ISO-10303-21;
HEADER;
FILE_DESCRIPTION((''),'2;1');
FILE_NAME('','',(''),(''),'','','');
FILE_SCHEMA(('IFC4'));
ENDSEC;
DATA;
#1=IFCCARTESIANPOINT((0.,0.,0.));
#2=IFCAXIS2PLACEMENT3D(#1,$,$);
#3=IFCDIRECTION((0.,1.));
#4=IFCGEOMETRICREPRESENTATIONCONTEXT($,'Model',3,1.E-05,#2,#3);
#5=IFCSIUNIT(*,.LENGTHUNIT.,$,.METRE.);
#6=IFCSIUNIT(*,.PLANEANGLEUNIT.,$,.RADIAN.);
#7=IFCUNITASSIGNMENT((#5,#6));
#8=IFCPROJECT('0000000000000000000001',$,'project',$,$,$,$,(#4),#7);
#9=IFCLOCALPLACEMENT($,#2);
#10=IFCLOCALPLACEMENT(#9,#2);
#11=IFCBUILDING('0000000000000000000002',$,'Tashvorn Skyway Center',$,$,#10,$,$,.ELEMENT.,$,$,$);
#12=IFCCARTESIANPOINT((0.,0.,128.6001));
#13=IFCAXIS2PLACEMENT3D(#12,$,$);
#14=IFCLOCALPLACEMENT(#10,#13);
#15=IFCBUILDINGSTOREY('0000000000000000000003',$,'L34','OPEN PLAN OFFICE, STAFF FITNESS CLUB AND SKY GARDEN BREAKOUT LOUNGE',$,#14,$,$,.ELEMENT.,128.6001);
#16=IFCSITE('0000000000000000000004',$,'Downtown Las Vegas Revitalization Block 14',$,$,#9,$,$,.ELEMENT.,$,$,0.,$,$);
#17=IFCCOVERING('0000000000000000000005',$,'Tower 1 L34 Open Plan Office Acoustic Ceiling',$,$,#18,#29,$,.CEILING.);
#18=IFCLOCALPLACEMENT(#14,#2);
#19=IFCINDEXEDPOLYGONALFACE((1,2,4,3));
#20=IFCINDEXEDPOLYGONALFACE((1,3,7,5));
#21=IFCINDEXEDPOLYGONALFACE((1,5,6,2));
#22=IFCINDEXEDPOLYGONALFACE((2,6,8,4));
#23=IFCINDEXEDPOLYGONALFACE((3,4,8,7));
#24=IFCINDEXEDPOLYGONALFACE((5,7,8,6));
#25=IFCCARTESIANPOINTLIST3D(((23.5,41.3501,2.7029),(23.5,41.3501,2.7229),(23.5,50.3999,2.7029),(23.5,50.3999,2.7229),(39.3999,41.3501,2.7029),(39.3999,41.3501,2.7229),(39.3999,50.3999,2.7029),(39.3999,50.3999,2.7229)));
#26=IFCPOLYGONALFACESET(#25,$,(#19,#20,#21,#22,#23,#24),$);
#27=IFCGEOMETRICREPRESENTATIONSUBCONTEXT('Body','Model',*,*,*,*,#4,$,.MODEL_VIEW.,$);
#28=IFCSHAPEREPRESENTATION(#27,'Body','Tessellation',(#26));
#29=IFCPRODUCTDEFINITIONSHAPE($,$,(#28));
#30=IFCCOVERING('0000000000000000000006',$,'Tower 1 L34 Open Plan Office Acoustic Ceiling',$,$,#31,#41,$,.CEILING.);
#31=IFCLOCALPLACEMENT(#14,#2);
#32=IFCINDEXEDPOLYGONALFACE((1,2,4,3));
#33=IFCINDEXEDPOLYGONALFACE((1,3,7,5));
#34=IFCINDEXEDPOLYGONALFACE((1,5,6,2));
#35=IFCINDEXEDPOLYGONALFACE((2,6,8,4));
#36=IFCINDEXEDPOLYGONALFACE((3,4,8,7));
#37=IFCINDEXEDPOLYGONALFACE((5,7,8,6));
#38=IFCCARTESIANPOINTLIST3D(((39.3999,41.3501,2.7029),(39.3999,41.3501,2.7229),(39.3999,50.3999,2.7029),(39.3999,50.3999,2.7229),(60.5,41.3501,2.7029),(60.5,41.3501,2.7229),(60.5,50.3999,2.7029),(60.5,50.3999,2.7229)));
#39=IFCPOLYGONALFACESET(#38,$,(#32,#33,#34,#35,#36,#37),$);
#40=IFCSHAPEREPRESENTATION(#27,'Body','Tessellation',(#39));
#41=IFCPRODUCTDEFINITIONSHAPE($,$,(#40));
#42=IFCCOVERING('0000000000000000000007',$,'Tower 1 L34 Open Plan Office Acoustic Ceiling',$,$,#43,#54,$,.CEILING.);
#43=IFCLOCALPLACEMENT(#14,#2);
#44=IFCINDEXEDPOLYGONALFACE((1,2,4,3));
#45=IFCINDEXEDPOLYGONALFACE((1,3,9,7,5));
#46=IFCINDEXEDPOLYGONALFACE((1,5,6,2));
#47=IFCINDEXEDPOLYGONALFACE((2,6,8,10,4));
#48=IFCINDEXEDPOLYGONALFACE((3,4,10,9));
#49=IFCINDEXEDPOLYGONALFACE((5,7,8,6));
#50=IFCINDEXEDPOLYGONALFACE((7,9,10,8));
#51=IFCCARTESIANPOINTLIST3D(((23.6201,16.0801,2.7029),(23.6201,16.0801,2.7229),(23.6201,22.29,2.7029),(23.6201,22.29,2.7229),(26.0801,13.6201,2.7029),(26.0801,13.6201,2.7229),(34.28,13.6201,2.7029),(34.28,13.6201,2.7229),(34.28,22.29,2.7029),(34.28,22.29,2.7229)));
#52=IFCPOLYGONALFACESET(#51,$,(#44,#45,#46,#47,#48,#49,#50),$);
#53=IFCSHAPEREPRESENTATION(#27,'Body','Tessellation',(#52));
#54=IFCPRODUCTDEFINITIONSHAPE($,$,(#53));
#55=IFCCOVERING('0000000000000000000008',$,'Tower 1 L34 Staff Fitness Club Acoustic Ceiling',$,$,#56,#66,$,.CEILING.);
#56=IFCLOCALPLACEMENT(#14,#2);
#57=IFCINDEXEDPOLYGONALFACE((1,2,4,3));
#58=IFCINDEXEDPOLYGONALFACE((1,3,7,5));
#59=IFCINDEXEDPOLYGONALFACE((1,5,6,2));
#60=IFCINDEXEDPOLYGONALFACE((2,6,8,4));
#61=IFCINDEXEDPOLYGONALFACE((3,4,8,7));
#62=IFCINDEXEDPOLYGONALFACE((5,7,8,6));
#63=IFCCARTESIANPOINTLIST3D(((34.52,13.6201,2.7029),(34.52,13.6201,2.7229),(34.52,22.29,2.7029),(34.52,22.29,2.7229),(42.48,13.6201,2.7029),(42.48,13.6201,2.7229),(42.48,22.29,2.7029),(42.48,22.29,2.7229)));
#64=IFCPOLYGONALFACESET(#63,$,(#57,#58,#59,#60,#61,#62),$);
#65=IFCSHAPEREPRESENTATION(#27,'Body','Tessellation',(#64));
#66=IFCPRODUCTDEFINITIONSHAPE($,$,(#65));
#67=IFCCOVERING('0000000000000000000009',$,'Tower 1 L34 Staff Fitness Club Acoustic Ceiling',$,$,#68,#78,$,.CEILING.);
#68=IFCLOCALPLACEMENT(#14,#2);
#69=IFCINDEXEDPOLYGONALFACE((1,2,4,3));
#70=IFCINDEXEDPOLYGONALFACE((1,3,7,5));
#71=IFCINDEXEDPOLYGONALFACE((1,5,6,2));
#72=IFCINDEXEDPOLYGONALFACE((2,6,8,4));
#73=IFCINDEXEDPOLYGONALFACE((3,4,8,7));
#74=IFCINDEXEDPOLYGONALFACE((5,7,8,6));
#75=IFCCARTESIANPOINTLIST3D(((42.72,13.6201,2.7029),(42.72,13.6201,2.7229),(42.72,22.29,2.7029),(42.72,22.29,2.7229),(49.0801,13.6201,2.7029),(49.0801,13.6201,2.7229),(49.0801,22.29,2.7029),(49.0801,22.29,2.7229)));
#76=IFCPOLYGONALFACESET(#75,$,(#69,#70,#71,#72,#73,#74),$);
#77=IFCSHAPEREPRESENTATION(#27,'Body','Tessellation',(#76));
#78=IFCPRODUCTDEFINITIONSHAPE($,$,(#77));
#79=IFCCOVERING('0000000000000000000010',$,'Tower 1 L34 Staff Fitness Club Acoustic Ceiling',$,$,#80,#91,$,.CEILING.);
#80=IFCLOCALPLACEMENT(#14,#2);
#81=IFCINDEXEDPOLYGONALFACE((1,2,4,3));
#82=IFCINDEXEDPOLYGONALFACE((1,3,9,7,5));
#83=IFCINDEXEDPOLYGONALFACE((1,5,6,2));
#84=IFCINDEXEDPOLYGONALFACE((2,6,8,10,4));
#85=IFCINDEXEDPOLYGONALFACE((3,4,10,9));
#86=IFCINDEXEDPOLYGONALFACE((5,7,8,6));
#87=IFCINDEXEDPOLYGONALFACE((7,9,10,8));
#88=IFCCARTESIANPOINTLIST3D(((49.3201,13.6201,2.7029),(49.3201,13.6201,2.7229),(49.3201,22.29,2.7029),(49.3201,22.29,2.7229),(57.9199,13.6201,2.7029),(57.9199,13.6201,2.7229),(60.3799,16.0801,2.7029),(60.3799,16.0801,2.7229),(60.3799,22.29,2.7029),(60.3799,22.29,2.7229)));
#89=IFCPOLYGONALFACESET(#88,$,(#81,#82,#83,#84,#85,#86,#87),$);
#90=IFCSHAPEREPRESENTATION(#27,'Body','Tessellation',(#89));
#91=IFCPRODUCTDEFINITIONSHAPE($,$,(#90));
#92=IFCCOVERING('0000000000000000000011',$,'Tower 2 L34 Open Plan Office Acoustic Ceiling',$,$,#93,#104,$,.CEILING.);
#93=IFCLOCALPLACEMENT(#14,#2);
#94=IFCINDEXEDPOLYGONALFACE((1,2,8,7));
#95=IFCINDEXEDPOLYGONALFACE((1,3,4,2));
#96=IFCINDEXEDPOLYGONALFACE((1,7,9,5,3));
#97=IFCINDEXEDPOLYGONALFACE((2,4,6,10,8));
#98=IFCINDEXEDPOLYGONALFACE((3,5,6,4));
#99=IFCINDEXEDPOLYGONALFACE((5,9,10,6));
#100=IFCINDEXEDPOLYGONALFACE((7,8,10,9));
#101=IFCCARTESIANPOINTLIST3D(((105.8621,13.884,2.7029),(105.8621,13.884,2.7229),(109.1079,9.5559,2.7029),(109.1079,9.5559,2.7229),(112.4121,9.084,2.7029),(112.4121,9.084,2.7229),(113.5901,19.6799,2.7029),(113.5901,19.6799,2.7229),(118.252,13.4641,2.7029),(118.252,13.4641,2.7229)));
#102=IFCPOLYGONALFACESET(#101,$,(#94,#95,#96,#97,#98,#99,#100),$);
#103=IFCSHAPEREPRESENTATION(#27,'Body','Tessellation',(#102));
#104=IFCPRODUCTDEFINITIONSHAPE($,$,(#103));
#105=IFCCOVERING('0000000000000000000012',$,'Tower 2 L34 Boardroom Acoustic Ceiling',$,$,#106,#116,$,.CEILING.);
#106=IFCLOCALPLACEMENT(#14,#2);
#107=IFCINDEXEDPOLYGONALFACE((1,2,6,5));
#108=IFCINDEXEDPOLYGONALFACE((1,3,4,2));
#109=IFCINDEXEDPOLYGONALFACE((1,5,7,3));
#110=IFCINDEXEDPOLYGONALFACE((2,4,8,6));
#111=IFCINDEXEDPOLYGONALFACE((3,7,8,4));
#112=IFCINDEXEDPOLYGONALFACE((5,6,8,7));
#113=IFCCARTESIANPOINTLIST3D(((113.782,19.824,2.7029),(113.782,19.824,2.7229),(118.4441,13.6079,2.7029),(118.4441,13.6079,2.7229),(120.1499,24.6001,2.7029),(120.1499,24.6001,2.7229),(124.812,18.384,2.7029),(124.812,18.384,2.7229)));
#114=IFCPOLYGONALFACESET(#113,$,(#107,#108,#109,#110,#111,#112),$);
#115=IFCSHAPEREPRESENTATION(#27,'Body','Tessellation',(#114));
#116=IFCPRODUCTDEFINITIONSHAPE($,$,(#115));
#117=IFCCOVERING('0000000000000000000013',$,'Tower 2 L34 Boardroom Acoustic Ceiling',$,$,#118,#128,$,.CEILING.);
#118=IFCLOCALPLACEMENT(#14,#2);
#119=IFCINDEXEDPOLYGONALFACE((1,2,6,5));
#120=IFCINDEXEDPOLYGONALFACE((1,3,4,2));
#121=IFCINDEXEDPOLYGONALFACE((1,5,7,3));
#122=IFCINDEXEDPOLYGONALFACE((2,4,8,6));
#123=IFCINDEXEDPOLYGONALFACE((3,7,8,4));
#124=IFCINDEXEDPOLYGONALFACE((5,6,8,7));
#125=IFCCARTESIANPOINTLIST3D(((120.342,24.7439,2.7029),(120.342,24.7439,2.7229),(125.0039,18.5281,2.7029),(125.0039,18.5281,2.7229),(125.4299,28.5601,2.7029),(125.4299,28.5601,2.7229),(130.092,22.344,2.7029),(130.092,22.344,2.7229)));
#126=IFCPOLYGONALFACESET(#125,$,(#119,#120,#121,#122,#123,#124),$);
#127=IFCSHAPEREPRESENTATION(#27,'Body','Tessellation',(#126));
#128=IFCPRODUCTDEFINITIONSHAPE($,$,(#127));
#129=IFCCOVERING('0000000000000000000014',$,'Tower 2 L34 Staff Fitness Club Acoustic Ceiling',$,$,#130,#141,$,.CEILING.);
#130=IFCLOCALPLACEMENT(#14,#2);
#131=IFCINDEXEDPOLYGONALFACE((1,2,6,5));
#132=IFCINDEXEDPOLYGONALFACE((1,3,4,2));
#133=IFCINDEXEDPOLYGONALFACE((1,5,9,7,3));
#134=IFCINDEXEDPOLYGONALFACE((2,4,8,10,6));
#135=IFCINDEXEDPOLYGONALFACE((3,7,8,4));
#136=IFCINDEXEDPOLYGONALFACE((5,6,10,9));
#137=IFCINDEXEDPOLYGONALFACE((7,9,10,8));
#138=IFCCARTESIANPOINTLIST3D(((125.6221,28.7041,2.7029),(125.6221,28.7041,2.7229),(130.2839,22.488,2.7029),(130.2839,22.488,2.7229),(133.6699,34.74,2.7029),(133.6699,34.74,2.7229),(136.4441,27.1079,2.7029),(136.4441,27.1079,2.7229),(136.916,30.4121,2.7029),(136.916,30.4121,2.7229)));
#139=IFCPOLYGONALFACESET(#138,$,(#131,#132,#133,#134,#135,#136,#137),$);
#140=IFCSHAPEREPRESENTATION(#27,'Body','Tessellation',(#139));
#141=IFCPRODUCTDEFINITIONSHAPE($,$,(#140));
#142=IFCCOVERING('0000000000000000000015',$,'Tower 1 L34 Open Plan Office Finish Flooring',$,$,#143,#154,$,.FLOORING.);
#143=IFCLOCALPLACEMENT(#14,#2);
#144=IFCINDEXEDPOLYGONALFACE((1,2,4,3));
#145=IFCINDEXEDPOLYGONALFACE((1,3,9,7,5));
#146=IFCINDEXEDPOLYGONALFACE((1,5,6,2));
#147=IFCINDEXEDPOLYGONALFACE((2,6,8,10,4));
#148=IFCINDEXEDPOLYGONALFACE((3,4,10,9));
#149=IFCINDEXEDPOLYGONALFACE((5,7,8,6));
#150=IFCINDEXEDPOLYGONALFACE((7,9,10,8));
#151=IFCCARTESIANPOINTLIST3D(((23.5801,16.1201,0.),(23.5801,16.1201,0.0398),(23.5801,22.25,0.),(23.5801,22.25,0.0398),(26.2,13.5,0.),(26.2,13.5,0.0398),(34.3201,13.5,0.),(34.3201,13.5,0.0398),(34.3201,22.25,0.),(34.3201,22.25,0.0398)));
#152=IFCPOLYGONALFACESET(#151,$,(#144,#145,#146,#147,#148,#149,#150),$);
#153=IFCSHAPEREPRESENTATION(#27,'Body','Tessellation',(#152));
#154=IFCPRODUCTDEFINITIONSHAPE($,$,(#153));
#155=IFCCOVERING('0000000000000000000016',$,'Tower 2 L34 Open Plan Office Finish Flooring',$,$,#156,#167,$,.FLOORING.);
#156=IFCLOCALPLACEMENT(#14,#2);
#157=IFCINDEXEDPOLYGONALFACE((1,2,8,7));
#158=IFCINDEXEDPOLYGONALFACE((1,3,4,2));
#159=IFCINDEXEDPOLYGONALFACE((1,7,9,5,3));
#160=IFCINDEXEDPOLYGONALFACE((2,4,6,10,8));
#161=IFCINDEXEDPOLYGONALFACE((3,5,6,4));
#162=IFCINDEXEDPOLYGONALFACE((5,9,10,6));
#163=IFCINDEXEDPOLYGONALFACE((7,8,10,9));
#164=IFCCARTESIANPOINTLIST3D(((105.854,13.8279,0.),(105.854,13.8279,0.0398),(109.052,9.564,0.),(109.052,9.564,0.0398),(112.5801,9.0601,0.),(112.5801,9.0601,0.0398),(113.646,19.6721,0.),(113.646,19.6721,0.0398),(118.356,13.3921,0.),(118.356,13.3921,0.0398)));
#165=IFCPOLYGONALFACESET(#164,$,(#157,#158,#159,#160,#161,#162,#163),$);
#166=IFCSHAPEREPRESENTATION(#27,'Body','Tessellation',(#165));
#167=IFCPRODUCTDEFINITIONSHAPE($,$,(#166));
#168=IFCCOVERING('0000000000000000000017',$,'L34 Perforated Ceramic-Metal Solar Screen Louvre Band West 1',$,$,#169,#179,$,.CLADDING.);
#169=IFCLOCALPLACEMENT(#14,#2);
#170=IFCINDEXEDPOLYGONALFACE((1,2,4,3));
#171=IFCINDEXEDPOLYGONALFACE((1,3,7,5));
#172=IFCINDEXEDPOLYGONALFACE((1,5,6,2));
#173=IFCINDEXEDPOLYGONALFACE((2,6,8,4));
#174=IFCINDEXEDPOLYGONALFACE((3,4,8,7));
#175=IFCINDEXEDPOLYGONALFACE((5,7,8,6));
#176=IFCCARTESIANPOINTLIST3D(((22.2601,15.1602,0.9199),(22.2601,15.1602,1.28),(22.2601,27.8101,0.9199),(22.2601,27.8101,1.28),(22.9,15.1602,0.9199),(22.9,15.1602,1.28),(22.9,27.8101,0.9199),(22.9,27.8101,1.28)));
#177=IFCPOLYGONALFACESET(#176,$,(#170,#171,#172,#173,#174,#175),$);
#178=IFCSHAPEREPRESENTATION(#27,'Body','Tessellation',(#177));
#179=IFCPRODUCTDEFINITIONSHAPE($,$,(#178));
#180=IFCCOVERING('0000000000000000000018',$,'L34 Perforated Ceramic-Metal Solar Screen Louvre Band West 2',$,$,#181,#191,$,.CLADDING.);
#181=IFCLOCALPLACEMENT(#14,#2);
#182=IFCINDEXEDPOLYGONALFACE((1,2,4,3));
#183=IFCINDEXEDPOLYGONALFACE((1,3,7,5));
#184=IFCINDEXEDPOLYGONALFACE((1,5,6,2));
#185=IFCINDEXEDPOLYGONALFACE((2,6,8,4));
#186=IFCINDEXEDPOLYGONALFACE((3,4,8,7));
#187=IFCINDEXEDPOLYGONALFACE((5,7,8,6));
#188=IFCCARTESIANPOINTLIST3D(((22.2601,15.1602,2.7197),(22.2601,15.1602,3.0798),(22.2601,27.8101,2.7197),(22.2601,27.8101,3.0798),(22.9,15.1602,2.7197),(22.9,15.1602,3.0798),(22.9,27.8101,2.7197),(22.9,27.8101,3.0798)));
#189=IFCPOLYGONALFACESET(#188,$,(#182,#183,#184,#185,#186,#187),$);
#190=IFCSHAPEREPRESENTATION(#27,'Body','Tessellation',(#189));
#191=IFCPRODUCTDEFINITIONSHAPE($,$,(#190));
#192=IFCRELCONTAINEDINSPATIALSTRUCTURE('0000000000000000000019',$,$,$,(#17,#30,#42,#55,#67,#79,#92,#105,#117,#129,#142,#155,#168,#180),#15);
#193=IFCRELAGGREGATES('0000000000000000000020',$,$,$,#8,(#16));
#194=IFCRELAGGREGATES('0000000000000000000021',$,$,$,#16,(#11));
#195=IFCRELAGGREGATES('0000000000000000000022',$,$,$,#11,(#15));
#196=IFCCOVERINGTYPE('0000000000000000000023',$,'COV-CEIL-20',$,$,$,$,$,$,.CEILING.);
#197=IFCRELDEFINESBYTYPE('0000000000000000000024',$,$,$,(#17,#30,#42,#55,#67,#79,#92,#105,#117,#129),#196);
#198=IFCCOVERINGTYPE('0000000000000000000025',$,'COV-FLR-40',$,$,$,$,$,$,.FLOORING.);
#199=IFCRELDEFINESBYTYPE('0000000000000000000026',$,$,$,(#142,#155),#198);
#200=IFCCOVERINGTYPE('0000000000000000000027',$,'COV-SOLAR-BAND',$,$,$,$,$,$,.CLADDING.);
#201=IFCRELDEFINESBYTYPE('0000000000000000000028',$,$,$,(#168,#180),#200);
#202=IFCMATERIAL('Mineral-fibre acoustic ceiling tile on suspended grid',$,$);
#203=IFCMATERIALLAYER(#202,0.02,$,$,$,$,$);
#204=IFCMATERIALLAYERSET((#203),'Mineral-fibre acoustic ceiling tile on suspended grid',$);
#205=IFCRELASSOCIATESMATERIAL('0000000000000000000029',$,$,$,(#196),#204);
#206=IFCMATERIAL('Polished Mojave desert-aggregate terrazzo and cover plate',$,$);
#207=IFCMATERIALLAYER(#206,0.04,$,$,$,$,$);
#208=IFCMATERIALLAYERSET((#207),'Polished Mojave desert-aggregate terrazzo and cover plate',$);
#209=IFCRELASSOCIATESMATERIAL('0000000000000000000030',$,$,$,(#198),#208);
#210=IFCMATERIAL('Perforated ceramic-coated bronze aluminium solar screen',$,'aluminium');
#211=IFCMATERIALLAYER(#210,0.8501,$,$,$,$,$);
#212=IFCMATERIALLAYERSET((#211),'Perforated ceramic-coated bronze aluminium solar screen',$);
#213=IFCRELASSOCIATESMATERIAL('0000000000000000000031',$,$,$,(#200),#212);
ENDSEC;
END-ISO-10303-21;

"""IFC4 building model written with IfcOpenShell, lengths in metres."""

from ifc_helpers import new_model, si_unit, direction, frame, origin, origin_2d, place, context, subcontext, project, spatial, polyline, rectangle, outline, extrude, material, layer, layer_set, type_object, element, save


model = new_model("IFC4")

# Units and contexts
model_context = context("Model", 3, precision=1e-05, world=origin(), true_north=direction((0.0, 1.0)))
body_context = subcontext(model_context, "Body", "Model", "MODEL_VIEW")
ifc_project = project(units=[si_unit("LENGTHUNIT", "METRE"), si_unit("PLANEANGLEUNIT", "RADIAN")], contexts=[model_context])

# Site, building, storey
site_placement = place(None, origin())
site = spatial("IfcSite", under=ifc_project, at=site_placement, Name="Downtown Las Vegas Revitalization Block 14", CompositionType="ELEMENT", RefElevation=0.0)
building_placement = place(site_placement, origin())
building = spatial("IfcBuilding", under=site, at=building_placement, Name="Tashvorn Skyway Center", CompositionType="ELEMENT")
storey_placement = place(building_placement, frame((0.0, 0.0, 128.6001)))
storey = spatial("IfcBuildingStorey", under=building, at=storey_placement, Name="L34", Description="OPEN PLAN OFFICE, STAFF FITNESS CLUB AND SKY GARDEN BREAKOUT LOUNGE", CompositionType="ELEMENT", Elevation=128.6001)

# Coverings
ifc_material_1 = material(Name="Mineral-fibre acoustic ceiling tile on suspended grid")
ifc_layer_1 = layer(ifc_material_1, 0.02)
ifc_layer_set_1 = layer_set([ifc_layer_1], Name="Mineral-fibre acoustic ceiling tile on suspended grid")
covering_type_1 = type_object("IfcCoveringType", Name="COV-CEIL-20", PredefinedType="CEILING", material=ifc_layer_set_1)
covering_1_placement = place(storey_placement, frame((0.0, 0.0, 2.7029)))
element("IfcCovering", 1, at=covering_1_placement, inside=storey, type_object=covering_type_1, Name="Tower 1 L34 Open Plan Office Acoustic Ceiling", PredefinedType="CEILING", context=body_context, shape_type="SweptSolid", body=[
    extrude(outline(polyline([(23.5, 41.3501), (39.3999, 41.3501), (39.3999, 50.3999), (23.5, 50.3999), (23.5, 41.3501)])), origin(), (0.0, 0.0, 1.0), 0.02),
])
covering_2_placement = place(storey_placement, frame((0.0, 0.0, 2.7029)))
element("IfcCovering", 2, at=covering_2_placement, inside=storey, type_object=covering_type_1, Name="Tower 1 L34 Open Plan Office Acoustic Ceiling", PredefinedType="CEILING", context=body_context, shape_type="SweptSolid", body=[
    extrude(outline(polyline([(39.3999, 41.3501), (60.5, 41.3501), (60.5, 50.3999), (39.3999, 50.3999), (39.3999, 41.3501)])), origin(), (0.0, 0.0, 1.0), 0.02),
])
covering_3_placement = place(storey_placement, frame((0.0, 0.0, 2.7029)))
element("IfcCovering", 3, at=covering_3_placement, inside=storey, type_object=covering_type_1, Name="Tower 1 L34 Open Plan Office Acoustic Ceiling", PredefinedType="CEILING", context=body_context, shape_type="SweptSolid", body=[
    extrude(outline(polyline([(23.6201, 22.29), (34.28, 22.29), (34.28, 13.6201), (26.0801, 13.6201), (23.6201, 16.0801), (23.6201, 22.29)])), origin(), (0.0, 0.0, 1.0), 0.02),
])
covering_4_placement = place(storey_placement, frame((0.0, 0.0, 2.7029)))
element("IfcCovering", 4, at=covering_4_placement, inside=storey, type_object=covering_type_1, Name="Tower 1 L34 Staff Fitness Club Acoustic Ceiling", PredefinedType="CEILING", context=body_context, shape_type="SweptSolid", body=[
    extrude(outline(polyline([(34.52, 22.29), (42.48, 22.29), (42.48, 13.6201), (34.52, 13.6201), (34.52, 22.29)])), origin(), (0.0, 0.0, 1.0), 0.02),
])
covering_5_placement = place(storey_placement, frame((0.0, 0.0, 2.7029)))
element("IfcCovering", 5, at=covering_5_placement, inside=storey, type_object=covering_type_1, Name="Tower 1 L34 Staff Fitness Club Acoustic Ceiling", PredefinedType="CEILING", context=body_context, shape_type="SweptSolid", body=[
    extrude(outline(polyline([(42.72, 22.29), (49.0801, 22.29), (49.0801, 13.6201), (42.72, 13.6201), (42.72, 22.29)])), origin(), (0.0, 0.0, 1.0), 0.02),
])
covering_6_placement = place(storey_placement, frame((0.0, 0.0, 2.7029)))
element("IfcCovering", 6, at=covering_6_placement, inside=storey, type_object=covering_type_1, Name="Tower 1 L34 Staff Fitness Club Acoustic Ceiling", PredefinedType="CEILING", context=body_context, shape_type="SweptSolid", body=[
    extrude(outline(polyline([(49.3201, 13.6201), (49.3201, 22.29), (60.3799, 22.29), (60.3799, 16.0801), (57.9199, 13.6201), (49.3201, 13.6201)])), origin(), (0.0, 0.0, 1.0), 0.02),
])
covering_7_placement = place(storey_placement, frame((0.0, 0.0, 2.7029)))
element("IfcCovering", 7, at=covering_7_placement, inside=storey, type_object=covering_type_1, Name="Tower 2 L34 Open Plan Office Acoustic Ceiling", PredefinedType="CEILING", context=body_context, shape_type="SweptSolid", body=[
    extrude(outline(polyline([(105.8621, 13.884), (113.5901, 19.6799), (118.252, 13.4641), (112.4121, 9.084), (109.1079, 9.5559), (105.8621, 13.884)])), origin(), (0.0, 0.0, 1.0), 0.02),
])
covering_8_placement = place(storey_placement, frame((0.0, 0.0, 2.7029)))
element("IfcCovering", 8, at=covering_8_placement, inside=storey, type_object=covering_type_1, Name="Tower 2 L34 Boardroom Acoustic Ceiling", PredefinedType="CEILING", context=body_context, shape_type="SweptSolid", body=[
    extrude(outline(polyline([(113.782, 19.824), (120.1499, 24.6001), (124.812, 18.384), (118.4441, 13.6079), (113.782, 19.824)])), origin(), (0.0, 0.0, 1.0), 0.02),
])
covering_9_placement = place(storey_placement, frame((0.0, 0.0, 2.7029)))
element("IfcCovering", 9, at=covering_9_placement, inside=storey, type_object=covering_type_1, Name="Tower 2 L34 Boardroom Acoustic Ceiling", PredefinedType="CEILING", context=body_context, shape_type="SweptSolid", body=[
    extrude(outline(polyline([(120.342, 24.7439), (125.4299, 28.5601), (130.092, 22.344), (125.0039, 18.5281), (120.342, 24.7439)])), origin(), (0.0, 0.0, 1.0), 0.02),
])
covering_10_placement = place(storey_placement, frame((0.0, 0.0, 2.7029)))
element("IfcCovering", 10, at=covering_10_placement, inside=storey, type_object=covering_type_1, Name="Tower 2 L34 Staff Fitness Club Acoustic Ceiling", PredefinedType="CEILING", context=body_context, shape_type="SweptSolid", body=[
    extrude(outline(polyline([(130.2839, 22.488), (125.6221, 28.7041), (133.6699, 34.74), (136.916, 30.4121), (136.4441, 27.1079), (130.2839, 22.488)])), origin(), (0.0, 0.0, 1.0), 0.02),
])
ifc_material_2 = material(Name="Polished Mojave desert-aggregate terrazzo and cover plate")
ifc_layer_2 = layer(ifc_material_2, 0.04)
ifc_layer_set_2 = layer_set([ifc_layer_2], Name="Polished Mojave desert-aggregate terrazzo and cover plate")
covering_type_2 = type_object("IfcCoveringType", Name="COV-FLR-40", PredefinedType="FLOORING", material=ifc_layer_set_2)
covering_11_placement = place(storey_placement, origin())
element("IfcCovering", 11, at=covering_11_placement, inside=storey, type_object=covering_type_2, Name="Tower 1 L34 Open Plan Office Finish Flooring", PredefinedType="FLOORING", context=body_context, shape_type="SweptSolid", body=[
    extrude(outline(polyline([(26.2, 13.5), (23.5801, 16.1201), (23.5801, 22.25), (34.3201, 22.25), (34.3201, 13.5), (26.2, 13.5)])), origin(), (0.0, 0.0, 1.0), 0.0398),
])
covering_12_placement = place(storey_placement, origin())
element("IfcCovering", 12, at=covering_12_placement, inside=storey, type_object=covering_type_2, Name="Tower 2 L34 Open Plan Office Finish Flooring", PredefinedType="FLOORING", context=body_context, shape_type="SweptSolid", body=[
    extrude(outline(polyline([(112.5801, 9.0601), (109.052, 9.564), (105.854, 13.8279), (113.646, 19.6721), (118.356, 13.3921), (112.5801, 9.0601)])), origin(), (0.0, 0.0, 1.0), 0.0398),
])
ifc_material_3 = material(Name="Perforated ceramic-coated bronze aluminium solar screen", Category="aluminium")
ifc_layer_3 = layer(ifc_material_3, 0.8501)
ifc_layer_set_3 = layer_set([ifc_layer_3], Name="Perforated ceramic-coated bronze aluminium solar screen")
covering_type_3 = type_object("IfcCoveringType", Name="COV-SOLAR-BAND", PredefinedType="CLADDING", material=ifc_layer_set_3)
for number, where, z_axis, x_axis, name in (
    (13, (22.5801, 21.4851, 0.9199), (0.0, 0.0, 1.0), (0.0, 1.0, 0.0), "L34 Perforated Ceramic-Metal Solar Screen Louvre Band West 1"),
    (14, (22.5801, 21.4851, 2.7197), (0.0, 0.0, 1.0), (0.0, 1.0, 0.0), "L34 Perforated Ceramic-Metal Solar Screen Louvre Band West 2"),
):
    element("IfcCovering", number, at=place(storey_placement, frame(where, z_axis=z_axis, x_axis=x_axis)), inside=storey, type_object=covering_type_3, Name=name, PredefinedType="CLADDING", context=body_context, shape_type="SweptSolid", body=[
        extrude(rectangle(XDim=12.6499, YDim=0.6399, at=origin_2d()), origin(), (0.0, 0.0, 1.0), 0.3601),
    ])

save(model, "model.ifc")
